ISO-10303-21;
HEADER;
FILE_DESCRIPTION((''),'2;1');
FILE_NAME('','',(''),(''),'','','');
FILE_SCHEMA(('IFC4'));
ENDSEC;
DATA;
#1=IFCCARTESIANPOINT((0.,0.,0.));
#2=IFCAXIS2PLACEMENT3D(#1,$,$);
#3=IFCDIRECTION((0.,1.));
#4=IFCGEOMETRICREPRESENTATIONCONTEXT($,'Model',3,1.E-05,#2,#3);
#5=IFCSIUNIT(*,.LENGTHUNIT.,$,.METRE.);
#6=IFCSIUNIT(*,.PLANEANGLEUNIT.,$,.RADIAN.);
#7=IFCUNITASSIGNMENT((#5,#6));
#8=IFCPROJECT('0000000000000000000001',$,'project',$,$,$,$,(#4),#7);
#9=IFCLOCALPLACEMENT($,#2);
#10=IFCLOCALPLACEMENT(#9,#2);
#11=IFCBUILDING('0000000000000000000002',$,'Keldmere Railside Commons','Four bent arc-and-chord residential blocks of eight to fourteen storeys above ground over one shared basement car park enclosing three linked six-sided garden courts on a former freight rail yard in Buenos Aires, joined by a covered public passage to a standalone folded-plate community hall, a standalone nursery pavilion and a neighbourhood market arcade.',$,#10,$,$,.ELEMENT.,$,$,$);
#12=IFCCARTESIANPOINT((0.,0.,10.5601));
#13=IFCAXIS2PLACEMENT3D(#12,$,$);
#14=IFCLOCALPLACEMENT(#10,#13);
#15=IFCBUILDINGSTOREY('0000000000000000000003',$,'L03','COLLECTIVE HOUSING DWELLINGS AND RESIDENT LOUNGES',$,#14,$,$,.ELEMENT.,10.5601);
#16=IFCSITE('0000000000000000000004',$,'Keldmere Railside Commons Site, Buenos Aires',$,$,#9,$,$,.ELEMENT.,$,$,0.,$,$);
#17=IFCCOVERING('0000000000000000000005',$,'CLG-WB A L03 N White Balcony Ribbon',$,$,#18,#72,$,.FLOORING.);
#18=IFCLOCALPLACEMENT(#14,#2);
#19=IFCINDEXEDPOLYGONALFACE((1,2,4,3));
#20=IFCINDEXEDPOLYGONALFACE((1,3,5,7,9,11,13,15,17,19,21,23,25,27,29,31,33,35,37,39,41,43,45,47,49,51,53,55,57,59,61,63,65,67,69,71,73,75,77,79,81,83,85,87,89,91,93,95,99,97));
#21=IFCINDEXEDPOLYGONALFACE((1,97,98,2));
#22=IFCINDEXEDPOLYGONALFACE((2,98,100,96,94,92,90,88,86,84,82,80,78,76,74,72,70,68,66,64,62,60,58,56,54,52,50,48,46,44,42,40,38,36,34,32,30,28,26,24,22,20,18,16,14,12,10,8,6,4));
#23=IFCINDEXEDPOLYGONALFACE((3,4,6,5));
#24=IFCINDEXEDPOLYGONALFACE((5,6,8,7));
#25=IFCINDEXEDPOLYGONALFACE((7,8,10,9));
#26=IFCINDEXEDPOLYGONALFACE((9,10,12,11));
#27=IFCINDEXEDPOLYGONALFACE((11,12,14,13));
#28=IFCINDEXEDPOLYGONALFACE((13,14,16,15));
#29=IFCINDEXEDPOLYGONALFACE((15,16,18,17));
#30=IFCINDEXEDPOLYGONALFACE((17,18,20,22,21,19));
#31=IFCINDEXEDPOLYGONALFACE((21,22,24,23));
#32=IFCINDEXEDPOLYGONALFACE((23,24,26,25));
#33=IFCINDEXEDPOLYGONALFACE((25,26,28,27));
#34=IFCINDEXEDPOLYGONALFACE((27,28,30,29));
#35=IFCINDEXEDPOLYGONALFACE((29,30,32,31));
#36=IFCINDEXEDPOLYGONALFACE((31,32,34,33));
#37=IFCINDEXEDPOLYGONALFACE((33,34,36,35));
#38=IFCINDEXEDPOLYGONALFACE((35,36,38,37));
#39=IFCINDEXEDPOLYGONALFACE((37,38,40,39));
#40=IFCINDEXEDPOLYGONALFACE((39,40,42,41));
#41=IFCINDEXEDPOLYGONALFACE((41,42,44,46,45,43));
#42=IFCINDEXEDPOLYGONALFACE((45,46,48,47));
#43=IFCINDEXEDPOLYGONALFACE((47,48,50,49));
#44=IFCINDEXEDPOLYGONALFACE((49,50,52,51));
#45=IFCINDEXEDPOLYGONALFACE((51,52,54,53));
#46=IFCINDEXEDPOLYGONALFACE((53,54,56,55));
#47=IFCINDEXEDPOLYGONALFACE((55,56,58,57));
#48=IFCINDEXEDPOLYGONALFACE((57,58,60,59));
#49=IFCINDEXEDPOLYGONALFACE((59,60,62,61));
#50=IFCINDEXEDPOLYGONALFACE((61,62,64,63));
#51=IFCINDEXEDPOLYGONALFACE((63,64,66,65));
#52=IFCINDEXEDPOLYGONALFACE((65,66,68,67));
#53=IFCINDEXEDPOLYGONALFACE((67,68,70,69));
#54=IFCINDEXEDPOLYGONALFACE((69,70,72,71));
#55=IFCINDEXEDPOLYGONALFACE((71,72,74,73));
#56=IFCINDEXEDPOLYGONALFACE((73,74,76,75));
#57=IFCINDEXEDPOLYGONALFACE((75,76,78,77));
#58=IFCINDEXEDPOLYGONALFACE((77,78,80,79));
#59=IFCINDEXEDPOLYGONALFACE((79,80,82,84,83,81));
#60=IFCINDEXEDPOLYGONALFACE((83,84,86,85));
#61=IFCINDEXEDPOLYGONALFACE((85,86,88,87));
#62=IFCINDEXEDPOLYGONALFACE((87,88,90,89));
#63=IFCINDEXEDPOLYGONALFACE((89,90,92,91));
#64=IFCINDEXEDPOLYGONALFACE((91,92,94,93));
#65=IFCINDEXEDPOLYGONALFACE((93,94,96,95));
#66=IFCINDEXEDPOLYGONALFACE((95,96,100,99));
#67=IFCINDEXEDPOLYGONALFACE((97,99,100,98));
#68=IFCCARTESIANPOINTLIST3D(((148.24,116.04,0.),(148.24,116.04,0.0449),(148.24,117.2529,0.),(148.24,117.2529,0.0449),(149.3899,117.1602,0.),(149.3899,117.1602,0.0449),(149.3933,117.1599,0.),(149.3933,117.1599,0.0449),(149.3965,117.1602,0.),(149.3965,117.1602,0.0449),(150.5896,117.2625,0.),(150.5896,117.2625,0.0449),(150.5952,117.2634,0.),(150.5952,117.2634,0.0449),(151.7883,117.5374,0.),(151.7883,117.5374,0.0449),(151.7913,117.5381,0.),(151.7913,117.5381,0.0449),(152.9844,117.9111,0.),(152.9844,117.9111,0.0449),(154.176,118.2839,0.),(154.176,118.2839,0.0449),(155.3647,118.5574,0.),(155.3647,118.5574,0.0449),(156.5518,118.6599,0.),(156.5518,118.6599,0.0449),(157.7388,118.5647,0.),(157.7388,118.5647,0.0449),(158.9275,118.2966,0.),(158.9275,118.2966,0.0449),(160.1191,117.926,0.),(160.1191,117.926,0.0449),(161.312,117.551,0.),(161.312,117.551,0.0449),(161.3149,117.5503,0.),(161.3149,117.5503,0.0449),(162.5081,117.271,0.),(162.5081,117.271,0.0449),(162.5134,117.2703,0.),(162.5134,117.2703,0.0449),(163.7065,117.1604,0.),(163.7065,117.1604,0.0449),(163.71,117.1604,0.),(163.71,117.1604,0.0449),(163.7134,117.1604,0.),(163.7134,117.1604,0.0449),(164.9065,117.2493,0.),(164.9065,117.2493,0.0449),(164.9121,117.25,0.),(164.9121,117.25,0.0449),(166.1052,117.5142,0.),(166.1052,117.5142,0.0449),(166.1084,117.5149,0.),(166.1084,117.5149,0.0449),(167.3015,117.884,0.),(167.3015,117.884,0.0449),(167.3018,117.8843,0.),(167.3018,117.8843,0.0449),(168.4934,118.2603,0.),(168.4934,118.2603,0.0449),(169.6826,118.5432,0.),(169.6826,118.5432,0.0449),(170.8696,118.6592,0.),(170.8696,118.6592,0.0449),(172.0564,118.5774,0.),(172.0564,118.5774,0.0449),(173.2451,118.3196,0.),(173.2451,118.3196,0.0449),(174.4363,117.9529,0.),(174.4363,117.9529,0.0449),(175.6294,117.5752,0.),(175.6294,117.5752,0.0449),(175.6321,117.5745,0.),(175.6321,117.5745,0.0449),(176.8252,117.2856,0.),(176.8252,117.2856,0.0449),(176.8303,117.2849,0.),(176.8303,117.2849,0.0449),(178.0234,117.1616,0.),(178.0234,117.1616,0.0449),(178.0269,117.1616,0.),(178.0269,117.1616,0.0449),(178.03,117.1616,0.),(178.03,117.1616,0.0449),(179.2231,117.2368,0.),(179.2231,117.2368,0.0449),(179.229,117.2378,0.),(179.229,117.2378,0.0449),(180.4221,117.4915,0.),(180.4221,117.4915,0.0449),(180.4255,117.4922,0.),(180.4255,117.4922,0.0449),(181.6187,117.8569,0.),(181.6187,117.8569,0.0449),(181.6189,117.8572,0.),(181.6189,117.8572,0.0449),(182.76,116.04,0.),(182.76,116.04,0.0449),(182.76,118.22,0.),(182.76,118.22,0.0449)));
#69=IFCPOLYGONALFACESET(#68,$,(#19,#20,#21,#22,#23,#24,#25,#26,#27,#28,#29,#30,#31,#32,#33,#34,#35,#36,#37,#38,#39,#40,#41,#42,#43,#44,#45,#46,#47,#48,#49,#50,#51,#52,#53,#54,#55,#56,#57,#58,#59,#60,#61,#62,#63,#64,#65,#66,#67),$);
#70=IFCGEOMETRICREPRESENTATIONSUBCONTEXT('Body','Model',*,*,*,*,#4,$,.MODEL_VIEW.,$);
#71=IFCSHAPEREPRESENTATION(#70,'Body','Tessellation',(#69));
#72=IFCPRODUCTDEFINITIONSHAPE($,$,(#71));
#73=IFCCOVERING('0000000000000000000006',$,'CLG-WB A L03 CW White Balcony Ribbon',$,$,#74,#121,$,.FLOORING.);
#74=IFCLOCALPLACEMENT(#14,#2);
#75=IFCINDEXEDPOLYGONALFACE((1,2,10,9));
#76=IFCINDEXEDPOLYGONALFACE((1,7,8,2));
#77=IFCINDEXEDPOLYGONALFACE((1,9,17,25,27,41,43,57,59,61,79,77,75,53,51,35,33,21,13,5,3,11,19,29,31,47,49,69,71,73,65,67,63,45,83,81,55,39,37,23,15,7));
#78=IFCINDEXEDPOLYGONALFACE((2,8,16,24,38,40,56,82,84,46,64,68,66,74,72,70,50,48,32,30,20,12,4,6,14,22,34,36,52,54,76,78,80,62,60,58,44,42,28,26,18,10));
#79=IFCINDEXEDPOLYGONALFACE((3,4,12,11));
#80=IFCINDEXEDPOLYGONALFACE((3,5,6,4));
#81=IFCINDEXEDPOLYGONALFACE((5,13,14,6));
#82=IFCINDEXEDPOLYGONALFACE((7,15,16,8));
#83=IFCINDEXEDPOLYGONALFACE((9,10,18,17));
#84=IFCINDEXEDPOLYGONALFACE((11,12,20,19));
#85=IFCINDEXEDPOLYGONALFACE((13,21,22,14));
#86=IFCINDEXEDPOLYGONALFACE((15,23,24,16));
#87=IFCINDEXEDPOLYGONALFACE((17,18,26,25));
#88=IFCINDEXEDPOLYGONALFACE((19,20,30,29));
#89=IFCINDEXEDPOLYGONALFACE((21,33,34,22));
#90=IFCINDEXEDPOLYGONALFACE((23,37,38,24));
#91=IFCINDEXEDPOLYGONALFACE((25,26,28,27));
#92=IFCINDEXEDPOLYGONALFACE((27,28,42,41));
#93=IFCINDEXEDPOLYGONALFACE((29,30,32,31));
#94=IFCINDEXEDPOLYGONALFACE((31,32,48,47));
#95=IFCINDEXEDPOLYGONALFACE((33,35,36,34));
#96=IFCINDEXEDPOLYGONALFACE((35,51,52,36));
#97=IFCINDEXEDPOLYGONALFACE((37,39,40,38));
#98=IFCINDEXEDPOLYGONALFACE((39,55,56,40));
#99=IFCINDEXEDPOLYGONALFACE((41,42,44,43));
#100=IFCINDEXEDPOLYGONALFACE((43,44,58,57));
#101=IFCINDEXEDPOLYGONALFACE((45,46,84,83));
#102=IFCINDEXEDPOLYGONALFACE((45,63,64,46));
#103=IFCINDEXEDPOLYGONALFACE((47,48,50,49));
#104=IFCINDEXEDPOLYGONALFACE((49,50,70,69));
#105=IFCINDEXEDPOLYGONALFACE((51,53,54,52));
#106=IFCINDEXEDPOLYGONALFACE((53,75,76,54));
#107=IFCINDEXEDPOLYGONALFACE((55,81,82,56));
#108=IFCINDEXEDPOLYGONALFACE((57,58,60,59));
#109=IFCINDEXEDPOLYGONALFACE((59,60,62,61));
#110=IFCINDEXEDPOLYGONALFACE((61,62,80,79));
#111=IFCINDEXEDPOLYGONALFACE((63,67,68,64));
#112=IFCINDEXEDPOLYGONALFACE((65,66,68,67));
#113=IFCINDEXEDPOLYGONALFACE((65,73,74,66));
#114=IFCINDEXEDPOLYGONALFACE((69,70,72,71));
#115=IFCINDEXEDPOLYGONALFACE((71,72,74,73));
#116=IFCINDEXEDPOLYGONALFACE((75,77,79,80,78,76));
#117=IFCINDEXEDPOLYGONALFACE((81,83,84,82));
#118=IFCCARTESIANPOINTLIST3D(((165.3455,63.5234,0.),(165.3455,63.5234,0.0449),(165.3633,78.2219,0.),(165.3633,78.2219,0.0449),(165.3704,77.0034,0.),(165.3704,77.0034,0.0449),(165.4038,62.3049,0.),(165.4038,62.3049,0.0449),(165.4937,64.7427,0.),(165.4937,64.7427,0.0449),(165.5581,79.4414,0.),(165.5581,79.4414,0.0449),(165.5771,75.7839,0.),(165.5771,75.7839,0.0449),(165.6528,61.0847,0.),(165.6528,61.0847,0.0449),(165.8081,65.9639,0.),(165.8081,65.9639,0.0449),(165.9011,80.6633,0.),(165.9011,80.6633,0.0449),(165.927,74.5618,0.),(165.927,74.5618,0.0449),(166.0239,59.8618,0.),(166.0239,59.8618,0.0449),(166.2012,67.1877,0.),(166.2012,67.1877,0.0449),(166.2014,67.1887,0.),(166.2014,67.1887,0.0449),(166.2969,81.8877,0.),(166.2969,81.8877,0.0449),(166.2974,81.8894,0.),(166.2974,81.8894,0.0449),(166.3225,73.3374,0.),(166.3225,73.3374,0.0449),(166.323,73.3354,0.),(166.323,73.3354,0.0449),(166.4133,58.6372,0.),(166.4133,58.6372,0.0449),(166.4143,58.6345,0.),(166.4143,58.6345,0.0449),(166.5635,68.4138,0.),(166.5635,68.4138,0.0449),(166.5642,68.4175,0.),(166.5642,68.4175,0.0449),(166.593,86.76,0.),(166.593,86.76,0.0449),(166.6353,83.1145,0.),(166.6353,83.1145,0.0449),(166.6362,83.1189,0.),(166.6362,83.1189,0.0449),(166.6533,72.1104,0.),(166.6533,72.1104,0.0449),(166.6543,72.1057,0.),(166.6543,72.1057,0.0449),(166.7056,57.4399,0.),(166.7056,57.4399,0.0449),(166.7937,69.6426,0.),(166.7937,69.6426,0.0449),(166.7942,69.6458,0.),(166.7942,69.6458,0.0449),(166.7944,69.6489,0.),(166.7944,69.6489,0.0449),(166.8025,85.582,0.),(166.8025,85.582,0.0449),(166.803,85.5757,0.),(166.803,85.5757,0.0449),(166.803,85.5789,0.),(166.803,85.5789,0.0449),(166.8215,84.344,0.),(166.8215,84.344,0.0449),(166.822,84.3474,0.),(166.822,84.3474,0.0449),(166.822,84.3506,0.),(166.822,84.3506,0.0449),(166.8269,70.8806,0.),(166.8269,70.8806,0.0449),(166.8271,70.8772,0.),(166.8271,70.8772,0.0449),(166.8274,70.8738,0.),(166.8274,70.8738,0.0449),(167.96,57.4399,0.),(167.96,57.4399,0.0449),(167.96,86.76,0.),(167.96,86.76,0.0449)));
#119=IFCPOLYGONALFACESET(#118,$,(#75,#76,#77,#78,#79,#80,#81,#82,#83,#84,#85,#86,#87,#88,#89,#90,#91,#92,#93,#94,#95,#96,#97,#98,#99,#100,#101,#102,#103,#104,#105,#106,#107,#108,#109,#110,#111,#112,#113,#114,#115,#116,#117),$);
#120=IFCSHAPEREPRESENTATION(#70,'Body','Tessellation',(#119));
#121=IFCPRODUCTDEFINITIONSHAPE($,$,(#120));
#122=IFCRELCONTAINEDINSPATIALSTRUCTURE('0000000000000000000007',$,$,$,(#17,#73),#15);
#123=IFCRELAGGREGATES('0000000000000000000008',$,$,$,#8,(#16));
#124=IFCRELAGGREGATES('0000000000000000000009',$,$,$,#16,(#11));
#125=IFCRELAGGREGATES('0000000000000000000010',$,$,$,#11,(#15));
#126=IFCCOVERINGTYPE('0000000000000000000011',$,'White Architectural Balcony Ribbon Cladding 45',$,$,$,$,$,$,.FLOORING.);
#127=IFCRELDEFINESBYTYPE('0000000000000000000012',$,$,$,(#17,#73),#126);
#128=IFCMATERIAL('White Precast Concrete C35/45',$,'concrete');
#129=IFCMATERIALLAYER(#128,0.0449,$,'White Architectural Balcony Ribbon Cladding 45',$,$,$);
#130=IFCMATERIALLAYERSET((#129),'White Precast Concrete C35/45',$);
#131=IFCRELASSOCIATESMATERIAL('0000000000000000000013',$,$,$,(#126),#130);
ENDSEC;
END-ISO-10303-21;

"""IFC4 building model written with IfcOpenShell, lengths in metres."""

from ifc_helpers import new_model, si_unit, direction, frame, origin, place, context, subcontext, project, spatial, polyline, outline, extrude, material, layer, layer_set, type_object, element, save


model = new_model("IFC4")

# Units and contexts
model_context = context("Model", 3, precision=1e-05, world=origin(), true_north=direction((0.0, 1.0)))
body_context = subcontext(model_context, "Body", "Model", "MODEL_VIEW")
ifc_project = project(units=[si_unit("LENGTHUNIT", "METRE"), si_unit("PLANEANGLEUNIT", "RADIAN")], contexts=[model_context])

# Site, building, storey
site_placement = place(None, origin())
site = spatial("IfcSite", under=ifc_project, at=site_placement, Name="Keldmere Railside Commons Site, Buenos Aires", CompositionType="ELEMENT", RefElevation=0.0)
building_placement = place(site_placement, origin())
building = spatial("IfcBuilding", under=site, at=building_placement, Name="Keldmere Railside Commons", Description="Four bent arc-and-chord residential blocks of eight to fourteen storeys above ground over one shared basement car park enclosing three linked six-sided garden courts on a former freight rail yard in Buenos Aires, joined by a covered public passage to a standalone folded-plate community hall, a standalone nursery pavilion and a neighbourhood market arcade.", CompositionType="ELEMENT")
storey_placement = place(building_placement, frame((0.0, 0.0, 10.5601)))
storey = spatial("IfcBuildingStorey", under=building, at=storey_placement, Name="L03", Description="COLLECTIVE HOUSING DWELLINGS AND RESIDENT LOUNGES", CompositionType="ELEMENT", Elevation=10.5601)

# Coverings
ifc_material_1 = material(Name="White Precast Concrete C35/45", Category="concrete")
ifc_layer_1 = layer(ifc_material_1, 0.0449, Name="White Architectural Balcony Ribbon Cladding 45")
ifc_layer_set_1 = layer_set([ifc_layer_1], Name="White Precast Concrete C35/45")
covering_type_1 = type_object("IfcCoveringType", Name="White Architectural Balcony Ribbon Cladding 45", PredefinedType="FLOORING", material=ifc_layer_set_1)
covering_1_placement = place(storey_placement, origin())
element("IfcCovering", 1, at=covering_1_placement, inside=storey, type_object=covering_type_1, Name="CLG-WB A L03 N White Balcony Ribbon", PredefinedType="FLOORING", context=body_context, shape_type="SweptSolid", body=[
    extrude(outline(polyline([(182.76, 116.04), (182.76, 118.22), (181.6189, 117.8572), (181.6187, 117.8569), (180.4255, 117.4922), (180.4221, 117.4915), (179.229, 117.2378), (179.2231, 117.2368), (178.03, 117.1616), (178.0269, 117.1616), (178.0234, 117.1616), (176.8303, 117.2849), (176.8252, 117.2856), (175.6321, 117.5745), (175.6294, 117.5752), (174.4363, 117.9529), (173.2451, 118.3196), (172.0564, 118.5774), (170.8696, 118.6592), (169.6826, 118.5432), (168.4934, 118.2603), (167.3018, 117.8843), (167.3015, 117.884), (166.1084, 117.5149), (166.1052, 117.5142), (164.9121, 117.25), (164.9065, 117.2493), (163.7134, 117.1604), (163.71, 117.1604), (163.7065, 117.1604), (162.5134, 117.2703), (162.5081, 117.271), (161.3149, 117.5503), (161.312, 117.551), (160.1191, 117.926), (158.9275, 118.2966), (157.7388, 118.5647), (156.5518, 118.6599), (155.3647, 118.5574), (154.176, 118.2839), (152.9844, 117.9111), (151.7913, 117.5381), (151.7883, 117.5374), (150.5952, 117.2634), (150.5896, 117.2625), (149.3965, 117.1602), (149.3933, 117.1599), (149.3899, 117.1602), (148.24, 117.2529), (148.24, 116.04), (182.76, 116.04)])), origin(), (0.0, 0.0, 1.0), 0.0449),
])
covering_2_placement = place(storey_placement, origin())
element("IfcCovering", 2, at=covering_2_placement, inside=storey, type_object=covering_type_1, Name="CLG-WB A L03 CW White Balcony Ribbon", PredefinedType="FLOORING", context=body_context, shape_type="SweptSolid", body=[
    extrude(outline(polyline([(167.96, 86.76), (166.593, 86.76), (166.8025, 85.582), (166.803, 85.5789), (166.803, 85.5757), (166.822, 84.3506), (166.822, 84.3474), (166.8215, 84.344), (166.6362, 83.1189), (166.6353, 83.1145), (166.2974, 81.8894), (166.2969, 81.8877), (165.9011, 80.6633), (165.5581, 79.4414), (165.3633, 78.2219), (165.3704, 77.0034), (165.5771, 75.7839), (165.927, 74.5618), (166.3225, 73.3374), (166.323, 73.3354), (166.6533, 72.1104), (166.6543, 72.1057), (166.8269, 70.8806), (166.8271, 70.8772), (166.8274, 70.8738), (166.7944, 69.6489), (166.7942, 69.6458), (166.7937, 69.6426), (166.5642, 68.4175), (166.5635, 68.4138), (166.2014, 67.1887), (166.2012, 67.1877), (165.8081, 65.9639), (165.4937, 64.7427), (165.3455, 63.5234), (165.4038, 62.3049), (165.6528, 61.0847), (166.0239, 59.8618), (166.4133, 58.6372), (166.4143, 58.6345), (166.7056, 57.4399), (167.96, 57.4399), (167.96, 86.76)])), origin(), (0.0, 0.0, 1.0), 0.0449),
])

save(model, "model.ifc")
